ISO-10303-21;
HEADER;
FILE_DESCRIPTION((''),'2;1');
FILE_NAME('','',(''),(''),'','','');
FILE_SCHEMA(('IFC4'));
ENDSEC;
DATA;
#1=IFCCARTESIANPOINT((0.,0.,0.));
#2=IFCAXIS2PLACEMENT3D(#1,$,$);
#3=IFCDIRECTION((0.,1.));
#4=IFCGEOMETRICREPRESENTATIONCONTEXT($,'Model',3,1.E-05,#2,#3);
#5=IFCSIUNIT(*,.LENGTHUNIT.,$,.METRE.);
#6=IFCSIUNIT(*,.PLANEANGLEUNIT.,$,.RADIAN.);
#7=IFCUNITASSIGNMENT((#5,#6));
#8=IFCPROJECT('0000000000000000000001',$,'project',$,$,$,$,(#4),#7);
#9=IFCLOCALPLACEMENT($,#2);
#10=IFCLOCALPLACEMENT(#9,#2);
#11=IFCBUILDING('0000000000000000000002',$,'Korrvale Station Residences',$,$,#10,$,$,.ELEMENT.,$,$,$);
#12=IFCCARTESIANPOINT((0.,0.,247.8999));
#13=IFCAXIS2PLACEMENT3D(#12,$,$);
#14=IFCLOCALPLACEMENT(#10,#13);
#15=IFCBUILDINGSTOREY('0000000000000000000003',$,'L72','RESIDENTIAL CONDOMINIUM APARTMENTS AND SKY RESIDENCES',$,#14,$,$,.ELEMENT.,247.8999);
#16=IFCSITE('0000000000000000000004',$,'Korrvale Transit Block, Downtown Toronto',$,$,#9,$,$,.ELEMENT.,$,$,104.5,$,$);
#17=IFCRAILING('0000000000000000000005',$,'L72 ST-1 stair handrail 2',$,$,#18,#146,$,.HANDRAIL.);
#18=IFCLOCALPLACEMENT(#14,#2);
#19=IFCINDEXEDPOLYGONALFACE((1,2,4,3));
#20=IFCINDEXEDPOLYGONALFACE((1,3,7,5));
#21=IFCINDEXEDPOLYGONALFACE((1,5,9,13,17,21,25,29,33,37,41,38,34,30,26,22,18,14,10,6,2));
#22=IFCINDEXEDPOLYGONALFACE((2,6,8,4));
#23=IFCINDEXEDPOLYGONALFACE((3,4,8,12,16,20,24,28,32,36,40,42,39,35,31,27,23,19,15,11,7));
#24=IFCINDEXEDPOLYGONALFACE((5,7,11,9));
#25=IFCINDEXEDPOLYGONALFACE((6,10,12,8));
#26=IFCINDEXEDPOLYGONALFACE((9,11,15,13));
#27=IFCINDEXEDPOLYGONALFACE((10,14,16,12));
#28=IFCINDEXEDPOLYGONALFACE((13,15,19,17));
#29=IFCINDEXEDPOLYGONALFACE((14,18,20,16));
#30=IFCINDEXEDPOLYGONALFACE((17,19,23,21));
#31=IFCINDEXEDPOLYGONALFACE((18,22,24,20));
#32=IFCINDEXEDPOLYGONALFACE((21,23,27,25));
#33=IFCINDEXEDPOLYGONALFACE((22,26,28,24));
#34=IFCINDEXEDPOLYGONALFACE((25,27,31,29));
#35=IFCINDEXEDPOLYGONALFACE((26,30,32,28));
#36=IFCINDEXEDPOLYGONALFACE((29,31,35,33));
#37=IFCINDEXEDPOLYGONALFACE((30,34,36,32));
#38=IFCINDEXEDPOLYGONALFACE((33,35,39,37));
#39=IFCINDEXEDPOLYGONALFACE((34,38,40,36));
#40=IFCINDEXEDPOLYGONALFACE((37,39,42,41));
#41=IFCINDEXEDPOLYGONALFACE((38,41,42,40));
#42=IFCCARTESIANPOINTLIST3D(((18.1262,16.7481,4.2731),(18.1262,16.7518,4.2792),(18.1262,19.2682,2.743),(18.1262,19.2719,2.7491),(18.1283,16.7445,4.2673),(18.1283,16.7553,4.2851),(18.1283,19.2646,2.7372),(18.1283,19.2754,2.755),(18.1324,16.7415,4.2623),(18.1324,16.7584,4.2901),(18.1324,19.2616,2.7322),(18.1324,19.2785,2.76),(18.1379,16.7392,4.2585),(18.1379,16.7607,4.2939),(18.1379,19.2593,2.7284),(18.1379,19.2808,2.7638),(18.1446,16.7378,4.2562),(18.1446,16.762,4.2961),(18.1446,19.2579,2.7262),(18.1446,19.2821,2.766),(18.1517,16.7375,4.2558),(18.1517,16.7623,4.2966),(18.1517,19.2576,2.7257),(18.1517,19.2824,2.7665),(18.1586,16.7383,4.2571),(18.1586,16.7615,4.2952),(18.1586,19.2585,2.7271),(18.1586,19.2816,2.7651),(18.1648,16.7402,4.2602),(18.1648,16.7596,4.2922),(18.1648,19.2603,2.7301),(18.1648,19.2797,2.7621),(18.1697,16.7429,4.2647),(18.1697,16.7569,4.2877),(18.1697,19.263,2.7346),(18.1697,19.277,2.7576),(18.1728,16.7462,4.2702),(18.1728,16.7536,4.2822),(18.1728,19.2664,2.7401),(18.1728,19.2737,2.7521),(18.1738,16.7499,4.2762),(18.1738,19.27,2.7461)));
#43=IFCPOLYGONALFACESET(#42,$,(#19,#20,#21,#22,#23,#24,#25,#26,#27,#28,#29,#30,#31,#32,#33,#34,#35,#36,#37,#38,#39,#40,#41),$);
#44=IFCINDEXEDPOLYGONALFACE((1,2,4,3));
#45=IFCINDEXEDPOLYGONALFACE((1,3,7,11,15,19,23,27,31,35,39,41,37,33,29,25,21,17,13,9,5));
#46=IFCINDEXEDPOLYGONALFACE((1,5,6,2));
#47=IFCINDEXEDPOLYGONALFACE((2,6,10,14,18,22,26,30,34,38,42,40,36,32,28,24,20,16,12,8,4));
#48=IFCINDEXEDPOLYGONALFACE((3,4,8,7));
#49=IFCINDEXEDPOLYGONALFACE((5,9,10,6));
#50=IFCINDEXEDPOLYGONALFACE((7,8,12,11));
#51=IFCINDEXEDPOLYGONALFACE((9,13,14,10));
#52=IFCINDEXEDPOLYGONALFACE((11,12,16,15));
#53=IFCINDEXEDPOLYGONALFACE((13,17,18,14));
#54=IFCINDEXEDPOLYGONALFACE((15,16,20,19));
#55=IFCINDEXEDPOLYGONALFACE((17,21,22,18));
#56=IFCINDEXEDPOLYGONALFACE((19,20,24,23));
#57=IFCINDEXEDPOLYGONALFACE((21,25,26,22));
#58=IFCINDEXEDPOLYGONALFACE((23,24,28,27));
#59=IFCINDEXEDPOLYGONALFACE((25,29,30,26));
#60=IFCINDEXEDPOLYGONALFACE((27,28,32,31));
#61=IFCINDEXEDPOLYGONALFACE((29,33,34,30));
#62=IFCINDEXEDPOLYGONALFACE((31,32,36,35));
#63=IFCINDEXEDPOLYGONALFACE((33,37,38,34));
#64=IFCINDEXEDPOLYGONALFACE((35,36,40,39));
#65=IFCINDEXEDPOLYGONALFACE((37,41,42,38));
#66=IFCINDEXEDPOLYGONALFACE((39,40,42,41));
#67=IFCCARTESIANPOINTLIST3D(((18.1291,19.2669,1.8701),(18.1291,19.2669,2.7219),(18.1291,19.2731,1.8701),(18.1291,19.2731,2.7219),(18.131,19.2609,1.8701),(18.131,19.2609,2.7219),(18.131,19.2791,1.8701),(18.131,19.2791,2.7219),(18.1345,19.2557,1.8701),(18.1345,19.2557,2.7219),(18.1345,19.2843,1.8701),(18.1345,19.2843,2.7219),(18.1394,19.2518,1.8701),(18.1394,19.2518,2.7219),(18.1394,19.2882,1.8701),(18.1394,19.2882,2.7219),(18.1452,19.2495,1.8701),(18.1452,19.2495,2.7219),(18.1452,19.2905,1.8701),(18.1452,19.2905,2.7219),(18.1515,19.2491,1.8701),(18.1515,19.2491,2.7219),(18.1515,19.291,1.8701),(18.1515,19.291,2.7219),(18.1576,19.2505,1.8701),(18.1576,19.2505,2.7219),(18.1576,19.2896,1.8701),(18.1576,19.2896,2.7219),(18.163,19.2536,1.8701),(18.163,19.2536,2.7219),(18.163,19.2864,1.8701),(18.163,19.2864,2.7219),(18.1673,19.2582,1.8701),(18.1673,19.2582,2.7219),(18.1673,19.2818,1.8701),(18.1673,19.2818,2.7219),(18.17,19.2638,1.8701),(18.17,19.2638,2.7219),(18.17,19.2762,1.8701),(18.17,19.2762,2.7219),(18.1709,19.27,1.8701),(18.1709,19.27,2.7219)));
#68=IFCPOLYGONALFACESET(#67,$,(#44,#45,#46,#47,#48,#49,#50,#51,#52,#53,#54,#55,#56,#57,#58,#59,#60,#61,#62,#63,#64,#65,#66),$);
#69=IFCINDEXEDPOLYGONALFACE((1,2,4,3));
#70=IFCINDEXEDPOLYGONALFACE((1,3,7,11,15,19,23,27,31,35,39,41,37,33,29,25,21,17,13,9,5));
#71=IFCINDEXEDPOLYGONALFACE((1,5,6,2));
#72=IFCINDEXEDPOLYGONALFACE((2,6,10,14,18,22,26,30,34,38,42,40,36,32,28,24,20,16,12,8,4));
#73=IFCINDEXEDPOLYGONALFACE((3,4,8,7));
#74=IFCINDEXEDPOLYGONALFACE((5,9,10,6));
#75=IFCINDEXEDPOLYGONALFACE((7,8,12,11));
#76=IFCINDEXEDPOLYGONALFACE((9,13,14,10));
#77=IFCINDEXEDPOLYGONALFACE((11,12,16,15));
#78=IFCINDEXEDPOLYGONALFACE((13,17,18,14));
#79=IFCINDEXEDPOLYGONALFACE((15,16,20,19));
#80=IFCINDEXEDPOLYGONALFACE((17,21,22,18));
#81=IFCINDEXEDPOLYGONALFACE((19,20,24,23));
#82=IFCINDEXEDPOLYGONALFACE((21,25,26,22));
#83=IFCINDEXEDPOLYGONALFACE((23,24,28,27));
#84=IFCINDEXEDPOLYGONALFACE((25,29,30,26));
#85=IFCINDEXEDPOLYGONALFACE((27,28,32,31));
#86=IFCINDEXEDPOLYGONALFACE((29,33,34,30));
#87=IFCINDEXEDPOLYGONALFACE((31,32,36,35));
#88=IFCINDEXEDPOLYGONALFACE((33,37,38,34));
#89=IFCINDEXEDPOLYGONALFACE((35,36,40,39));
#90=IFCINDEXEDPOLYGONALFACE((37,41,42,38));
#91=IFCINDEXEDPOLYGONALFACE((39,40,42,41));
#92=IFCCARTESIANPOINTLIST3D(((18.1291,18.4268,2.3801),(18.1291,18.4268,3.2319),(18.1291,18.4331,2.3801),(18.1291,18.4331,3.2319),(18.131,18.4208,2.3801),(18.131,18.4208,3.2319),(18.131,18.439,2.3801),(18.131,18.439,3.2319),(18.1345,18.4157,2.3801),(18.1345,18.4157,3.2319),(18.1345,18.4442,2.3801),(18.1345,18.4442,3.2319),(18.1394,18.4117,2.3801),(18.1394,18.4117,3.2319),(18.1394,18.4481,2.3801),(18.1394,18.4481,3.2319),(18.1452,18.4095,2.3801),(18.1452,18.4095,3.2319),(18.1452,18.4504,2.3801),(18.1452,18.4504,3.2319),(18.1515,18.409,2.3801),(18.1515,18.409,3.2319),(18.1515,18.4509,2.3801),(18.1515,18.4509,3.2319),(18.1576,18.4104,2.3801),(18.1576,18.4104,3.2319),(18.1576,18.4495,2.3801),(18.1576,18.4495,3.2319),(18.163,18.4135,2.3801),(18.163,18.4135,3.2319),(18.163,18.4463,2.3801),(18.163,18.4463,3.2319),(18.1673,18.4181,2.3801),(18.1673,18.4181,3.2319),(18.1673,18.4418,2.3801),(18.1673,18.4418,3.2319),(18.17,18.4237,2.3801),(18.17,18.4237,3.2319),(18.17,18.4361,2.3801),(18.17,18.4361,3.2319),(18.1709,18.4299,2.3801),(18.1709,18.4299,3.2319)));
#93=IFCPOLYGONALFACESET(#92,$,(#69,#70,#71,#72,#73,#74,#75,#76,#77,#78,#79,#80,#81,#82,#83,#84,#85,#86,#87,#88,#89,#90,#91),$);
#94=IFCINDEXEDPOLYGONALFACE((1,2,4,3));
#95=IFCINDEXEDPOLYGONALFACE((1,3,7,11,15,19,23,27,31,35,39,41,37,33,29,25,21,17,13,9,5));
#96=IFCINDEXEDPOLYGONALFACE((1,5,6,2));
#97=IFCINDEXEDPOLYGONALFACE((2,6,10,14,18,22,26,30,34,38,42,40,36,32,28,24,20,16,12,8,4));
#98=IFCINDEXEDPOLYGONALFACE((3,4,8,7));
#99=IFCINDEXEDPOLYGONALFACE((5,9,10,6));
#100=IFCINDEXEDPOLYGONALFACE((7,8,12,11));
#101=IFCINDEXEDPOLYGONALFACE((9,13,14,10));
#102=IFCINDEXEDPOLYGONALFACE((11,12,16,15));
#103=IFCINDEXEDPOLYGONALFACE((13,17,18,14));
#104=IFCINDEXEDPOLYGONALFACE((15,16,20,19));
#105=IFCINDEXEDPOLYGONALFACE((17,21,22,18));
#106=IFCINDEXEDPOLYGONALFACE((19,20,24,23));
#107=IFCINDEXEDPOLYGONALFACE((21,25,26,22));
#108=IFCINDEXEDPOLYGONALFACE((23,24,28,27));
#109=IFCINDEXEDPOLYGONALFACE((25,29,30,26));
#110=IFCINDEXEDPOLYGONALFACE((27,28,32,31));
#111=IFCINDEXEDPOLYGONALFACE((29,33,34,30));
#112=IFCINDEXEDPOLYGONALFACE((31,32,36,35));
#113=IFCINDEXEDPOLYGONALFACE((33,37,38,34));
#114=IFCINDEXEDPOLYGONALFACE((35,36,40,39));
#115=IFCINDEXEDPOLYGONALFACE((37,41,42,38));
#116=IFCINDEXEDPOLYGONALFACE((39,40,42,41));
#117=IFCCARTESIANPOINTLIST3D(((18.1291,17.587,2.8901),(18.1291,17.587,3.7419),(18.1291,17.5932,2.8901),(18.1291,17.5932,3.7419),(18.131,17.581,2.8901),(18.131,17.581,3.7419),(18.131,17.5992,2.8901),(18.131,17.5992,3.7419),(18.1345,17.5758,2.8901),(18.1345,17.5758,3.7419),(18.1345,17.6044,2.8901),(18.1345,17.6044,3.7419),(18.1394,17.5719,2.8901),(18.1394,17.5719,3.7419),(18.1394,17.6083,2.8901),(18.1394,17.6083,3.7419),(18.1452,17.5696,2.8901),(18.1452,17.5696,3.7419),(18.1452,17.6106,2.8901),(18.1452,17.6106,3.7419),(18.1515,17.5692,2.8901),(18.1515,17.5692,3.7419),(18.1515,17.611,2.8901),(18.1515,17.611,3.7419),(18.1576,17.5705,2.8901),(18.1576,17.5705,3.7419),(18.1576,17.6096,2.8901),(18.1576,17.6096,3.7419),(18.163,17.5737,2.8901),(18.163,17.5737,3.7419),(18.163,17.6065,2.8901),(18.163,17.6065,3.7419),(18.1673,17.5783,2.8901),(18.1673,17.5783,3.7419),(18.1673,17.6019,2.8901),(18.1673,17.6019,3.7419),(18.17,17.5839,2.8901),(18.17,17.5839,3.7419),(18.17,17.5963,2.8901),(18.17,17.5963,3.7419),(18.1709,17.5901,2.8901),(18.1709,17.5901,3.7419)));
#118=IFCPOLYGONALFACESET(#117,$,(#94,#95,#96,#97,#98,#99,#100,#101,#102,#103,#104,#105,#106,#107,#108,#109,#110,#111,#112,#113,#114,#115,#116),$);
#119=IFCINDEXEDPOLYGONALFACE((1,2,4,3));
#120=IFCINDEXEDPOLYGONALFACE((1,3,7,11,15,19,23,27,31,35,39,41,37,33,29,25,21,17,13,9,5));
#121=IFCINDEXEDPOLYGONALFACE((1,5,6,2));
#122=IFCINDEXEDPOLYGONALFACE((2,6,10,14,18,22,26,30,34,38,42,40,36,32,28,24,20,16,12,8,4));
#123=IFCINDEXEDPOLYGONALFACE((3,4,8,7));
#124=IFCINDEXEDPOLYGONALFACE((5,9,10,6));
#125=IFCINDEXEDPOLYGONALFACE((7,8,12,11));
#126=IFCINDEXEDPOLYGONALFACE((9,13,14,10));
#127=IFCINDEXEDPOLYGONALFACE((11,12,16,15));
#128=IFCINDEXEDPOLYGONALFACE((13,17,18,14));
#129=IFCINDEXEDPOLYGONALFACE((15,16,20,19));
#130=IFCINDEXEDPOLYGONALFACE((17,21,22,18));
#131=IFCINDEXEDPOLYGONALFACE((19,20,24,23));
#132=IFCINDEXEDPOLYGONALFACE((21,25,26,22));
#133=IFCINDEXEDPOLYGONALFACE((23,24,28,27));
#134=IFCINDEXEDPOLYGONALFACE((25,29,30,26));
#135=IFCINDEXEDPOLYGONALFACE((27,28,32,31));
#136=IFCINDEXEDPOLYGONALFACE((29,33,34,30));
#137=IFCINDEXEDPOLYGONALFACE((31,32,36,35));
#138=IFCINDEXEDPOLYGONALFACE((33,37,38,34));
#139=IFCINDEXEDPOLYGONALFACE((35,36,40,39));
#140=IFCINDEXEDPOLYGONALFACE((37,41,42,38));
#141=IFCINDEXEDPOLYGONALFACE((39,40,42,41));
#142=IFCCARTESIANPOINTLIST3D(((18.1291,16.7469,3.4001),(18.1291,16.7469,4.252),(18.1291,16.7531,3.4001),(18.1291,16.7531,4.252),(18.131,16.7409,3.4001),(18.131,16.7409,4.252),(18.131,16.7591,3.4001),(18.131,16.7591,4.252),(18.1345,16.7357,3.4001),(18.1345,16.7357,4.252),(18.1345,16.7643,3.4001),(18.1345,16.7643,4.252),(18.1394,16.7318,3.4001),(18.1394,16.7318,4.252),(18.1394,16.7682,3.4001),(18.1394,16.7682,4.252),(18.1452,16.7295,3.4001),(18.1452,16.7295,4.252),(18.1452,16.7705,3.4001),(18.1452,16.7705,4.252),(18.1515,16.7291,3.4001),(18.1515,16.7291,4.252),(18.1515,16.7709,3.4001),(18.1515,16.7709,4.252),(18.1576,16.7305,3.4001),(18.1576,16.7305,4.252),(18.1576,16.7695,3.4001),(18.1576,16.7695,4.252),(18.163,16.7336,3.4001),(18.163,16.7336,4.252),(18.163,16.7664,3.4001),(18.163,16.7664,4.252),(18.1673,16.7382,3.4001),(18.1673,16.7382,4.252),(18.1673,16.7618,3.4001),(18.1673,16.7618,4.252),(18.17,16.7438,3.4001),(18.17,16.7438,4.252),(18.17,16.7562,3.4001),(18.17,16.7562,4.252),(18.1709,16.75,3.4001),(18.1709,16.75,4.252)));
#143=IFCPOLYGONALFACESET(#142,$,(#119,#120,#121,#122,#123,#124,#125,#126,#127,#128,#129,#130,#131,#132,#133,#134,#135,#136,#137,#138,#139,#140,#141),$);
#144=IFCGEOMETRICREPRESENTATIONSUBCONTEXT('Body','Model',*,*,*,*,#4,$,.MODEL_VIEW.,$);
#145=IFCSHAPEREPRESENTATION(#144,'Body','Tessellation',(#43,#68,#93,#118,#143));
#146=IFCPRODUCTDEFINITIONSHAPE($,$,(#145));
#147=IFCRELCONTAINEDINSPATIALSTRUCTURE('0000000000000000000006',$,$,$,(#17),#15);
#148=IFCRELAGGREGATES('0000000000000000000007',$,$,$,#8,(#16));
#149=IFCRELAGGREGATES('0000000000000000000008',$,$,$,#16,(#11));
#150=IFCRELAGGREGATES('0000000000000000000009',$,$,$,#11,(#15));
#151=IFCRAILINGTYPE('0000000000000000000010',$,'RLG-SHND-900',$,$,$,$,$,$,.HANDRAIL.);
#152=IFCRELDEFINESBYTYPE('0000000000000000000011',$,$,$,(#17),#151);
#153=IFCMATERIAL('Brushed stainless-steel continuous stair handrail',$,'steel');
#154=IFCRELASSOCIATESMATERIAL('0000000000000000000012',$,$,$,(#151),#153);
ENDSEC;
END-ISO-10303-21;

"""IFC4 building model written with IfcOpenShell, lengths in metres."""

from ifc_helpers import new_model, si_unit, direction, frame, origin, origin_2d, place, context, subcontext, project, spatial, circle, extrude, material, type_object, element, save


model = new_model("IFC4")

# Units and contexts
model_context = context("Model", 3, precision=1e-05, world=origin(), true_north=direction((0.0, 1.0)))
body_context = subcontext(model_context, "Body", "Model", "MODEL_VIEW")
ifc_project = project(units=[si_unit("LENGTHUNIT", "METRE"), si_unit("PLANEANGLEUNIT", "RADIAN")], contexts=[model_context])

# Site, building, storey
site_placement = place(None, origin())
site = spatial("IfcSite", under=ifc_project, at=site_placement, Name="Korrvale Transit Block, Downtown Toronto", CompositionType="ELEMENT", RefElevation=104.5)
building_placement = place(site_placement, origin())
building = spatial("IfcBuilding", under=site, at=building_placement, Name="Korrvale Station Residences", CompositionType="ELEMENT")
storey_placement = place(building_placement, frame((0.0, 0.0, 247.8999)))
storey = spatial("IfcBuildingStorey", under=building, at=storey_placement, Name="L72", Description="RESIDENTIAL CONDOMINIUM APARTMENTS AND SKY RESIDENCES", CompositionType="ELEMENT", Elevation=247.8999)

# Railing
ifc_material_1 = material(Name="Brushed stainless-steel continuous stair handrail", Category="steel")
railing_type_1 = type_object("IfcRailingType", Name="RLG-SHND-900", PredefinedType="HANDRAIL", material=ifc_material_1)
railing_1_placement = place(storey_placement, frame((18.1499, 19.27, 1.8701)))
element("IfcRailing", 1, at=railing_1_placement, inside=storey, type_object=railing_type_1, Name="L72 ST-1 stair handrail 2", PredefinedType="HANDRAIL", context=body_context, shape_type="SweptSolid", body=[
    extrude(circle(Radius=0.0239, at=origin_2d()), frame((0.0, 0.0, 0.876), z_axis=(0.0, -0.854785, 0.518982), x_axis=(1.0, 0.0, 0.0)), (0.0, 0.0, 1.0), 2.9482),
    extrude(circle(Radius=0.021, at=origin_2d()), origin(), (0.0, 0.0, 1.0), 0.8518),
    extrude(circle(Radius=0.021, at=origin_2d()), frame((0.0, -0.8401, 0.51)), (0.0, 0.0, 1.0), 0.8518),
    extrude(circle(Radius=0.021, at=origin_2d()), frame((0.0, -1.6799, 1.02)), (0.0, 0.0, 1.0), 0.8518),
    extrude(circle(Radius=0.021, at=origin_2d()), frame((0.0, -2.52, 1.53)), (0.0, 0.0, 1.0), 0.8518),
])

save(model, "model.ifc")
